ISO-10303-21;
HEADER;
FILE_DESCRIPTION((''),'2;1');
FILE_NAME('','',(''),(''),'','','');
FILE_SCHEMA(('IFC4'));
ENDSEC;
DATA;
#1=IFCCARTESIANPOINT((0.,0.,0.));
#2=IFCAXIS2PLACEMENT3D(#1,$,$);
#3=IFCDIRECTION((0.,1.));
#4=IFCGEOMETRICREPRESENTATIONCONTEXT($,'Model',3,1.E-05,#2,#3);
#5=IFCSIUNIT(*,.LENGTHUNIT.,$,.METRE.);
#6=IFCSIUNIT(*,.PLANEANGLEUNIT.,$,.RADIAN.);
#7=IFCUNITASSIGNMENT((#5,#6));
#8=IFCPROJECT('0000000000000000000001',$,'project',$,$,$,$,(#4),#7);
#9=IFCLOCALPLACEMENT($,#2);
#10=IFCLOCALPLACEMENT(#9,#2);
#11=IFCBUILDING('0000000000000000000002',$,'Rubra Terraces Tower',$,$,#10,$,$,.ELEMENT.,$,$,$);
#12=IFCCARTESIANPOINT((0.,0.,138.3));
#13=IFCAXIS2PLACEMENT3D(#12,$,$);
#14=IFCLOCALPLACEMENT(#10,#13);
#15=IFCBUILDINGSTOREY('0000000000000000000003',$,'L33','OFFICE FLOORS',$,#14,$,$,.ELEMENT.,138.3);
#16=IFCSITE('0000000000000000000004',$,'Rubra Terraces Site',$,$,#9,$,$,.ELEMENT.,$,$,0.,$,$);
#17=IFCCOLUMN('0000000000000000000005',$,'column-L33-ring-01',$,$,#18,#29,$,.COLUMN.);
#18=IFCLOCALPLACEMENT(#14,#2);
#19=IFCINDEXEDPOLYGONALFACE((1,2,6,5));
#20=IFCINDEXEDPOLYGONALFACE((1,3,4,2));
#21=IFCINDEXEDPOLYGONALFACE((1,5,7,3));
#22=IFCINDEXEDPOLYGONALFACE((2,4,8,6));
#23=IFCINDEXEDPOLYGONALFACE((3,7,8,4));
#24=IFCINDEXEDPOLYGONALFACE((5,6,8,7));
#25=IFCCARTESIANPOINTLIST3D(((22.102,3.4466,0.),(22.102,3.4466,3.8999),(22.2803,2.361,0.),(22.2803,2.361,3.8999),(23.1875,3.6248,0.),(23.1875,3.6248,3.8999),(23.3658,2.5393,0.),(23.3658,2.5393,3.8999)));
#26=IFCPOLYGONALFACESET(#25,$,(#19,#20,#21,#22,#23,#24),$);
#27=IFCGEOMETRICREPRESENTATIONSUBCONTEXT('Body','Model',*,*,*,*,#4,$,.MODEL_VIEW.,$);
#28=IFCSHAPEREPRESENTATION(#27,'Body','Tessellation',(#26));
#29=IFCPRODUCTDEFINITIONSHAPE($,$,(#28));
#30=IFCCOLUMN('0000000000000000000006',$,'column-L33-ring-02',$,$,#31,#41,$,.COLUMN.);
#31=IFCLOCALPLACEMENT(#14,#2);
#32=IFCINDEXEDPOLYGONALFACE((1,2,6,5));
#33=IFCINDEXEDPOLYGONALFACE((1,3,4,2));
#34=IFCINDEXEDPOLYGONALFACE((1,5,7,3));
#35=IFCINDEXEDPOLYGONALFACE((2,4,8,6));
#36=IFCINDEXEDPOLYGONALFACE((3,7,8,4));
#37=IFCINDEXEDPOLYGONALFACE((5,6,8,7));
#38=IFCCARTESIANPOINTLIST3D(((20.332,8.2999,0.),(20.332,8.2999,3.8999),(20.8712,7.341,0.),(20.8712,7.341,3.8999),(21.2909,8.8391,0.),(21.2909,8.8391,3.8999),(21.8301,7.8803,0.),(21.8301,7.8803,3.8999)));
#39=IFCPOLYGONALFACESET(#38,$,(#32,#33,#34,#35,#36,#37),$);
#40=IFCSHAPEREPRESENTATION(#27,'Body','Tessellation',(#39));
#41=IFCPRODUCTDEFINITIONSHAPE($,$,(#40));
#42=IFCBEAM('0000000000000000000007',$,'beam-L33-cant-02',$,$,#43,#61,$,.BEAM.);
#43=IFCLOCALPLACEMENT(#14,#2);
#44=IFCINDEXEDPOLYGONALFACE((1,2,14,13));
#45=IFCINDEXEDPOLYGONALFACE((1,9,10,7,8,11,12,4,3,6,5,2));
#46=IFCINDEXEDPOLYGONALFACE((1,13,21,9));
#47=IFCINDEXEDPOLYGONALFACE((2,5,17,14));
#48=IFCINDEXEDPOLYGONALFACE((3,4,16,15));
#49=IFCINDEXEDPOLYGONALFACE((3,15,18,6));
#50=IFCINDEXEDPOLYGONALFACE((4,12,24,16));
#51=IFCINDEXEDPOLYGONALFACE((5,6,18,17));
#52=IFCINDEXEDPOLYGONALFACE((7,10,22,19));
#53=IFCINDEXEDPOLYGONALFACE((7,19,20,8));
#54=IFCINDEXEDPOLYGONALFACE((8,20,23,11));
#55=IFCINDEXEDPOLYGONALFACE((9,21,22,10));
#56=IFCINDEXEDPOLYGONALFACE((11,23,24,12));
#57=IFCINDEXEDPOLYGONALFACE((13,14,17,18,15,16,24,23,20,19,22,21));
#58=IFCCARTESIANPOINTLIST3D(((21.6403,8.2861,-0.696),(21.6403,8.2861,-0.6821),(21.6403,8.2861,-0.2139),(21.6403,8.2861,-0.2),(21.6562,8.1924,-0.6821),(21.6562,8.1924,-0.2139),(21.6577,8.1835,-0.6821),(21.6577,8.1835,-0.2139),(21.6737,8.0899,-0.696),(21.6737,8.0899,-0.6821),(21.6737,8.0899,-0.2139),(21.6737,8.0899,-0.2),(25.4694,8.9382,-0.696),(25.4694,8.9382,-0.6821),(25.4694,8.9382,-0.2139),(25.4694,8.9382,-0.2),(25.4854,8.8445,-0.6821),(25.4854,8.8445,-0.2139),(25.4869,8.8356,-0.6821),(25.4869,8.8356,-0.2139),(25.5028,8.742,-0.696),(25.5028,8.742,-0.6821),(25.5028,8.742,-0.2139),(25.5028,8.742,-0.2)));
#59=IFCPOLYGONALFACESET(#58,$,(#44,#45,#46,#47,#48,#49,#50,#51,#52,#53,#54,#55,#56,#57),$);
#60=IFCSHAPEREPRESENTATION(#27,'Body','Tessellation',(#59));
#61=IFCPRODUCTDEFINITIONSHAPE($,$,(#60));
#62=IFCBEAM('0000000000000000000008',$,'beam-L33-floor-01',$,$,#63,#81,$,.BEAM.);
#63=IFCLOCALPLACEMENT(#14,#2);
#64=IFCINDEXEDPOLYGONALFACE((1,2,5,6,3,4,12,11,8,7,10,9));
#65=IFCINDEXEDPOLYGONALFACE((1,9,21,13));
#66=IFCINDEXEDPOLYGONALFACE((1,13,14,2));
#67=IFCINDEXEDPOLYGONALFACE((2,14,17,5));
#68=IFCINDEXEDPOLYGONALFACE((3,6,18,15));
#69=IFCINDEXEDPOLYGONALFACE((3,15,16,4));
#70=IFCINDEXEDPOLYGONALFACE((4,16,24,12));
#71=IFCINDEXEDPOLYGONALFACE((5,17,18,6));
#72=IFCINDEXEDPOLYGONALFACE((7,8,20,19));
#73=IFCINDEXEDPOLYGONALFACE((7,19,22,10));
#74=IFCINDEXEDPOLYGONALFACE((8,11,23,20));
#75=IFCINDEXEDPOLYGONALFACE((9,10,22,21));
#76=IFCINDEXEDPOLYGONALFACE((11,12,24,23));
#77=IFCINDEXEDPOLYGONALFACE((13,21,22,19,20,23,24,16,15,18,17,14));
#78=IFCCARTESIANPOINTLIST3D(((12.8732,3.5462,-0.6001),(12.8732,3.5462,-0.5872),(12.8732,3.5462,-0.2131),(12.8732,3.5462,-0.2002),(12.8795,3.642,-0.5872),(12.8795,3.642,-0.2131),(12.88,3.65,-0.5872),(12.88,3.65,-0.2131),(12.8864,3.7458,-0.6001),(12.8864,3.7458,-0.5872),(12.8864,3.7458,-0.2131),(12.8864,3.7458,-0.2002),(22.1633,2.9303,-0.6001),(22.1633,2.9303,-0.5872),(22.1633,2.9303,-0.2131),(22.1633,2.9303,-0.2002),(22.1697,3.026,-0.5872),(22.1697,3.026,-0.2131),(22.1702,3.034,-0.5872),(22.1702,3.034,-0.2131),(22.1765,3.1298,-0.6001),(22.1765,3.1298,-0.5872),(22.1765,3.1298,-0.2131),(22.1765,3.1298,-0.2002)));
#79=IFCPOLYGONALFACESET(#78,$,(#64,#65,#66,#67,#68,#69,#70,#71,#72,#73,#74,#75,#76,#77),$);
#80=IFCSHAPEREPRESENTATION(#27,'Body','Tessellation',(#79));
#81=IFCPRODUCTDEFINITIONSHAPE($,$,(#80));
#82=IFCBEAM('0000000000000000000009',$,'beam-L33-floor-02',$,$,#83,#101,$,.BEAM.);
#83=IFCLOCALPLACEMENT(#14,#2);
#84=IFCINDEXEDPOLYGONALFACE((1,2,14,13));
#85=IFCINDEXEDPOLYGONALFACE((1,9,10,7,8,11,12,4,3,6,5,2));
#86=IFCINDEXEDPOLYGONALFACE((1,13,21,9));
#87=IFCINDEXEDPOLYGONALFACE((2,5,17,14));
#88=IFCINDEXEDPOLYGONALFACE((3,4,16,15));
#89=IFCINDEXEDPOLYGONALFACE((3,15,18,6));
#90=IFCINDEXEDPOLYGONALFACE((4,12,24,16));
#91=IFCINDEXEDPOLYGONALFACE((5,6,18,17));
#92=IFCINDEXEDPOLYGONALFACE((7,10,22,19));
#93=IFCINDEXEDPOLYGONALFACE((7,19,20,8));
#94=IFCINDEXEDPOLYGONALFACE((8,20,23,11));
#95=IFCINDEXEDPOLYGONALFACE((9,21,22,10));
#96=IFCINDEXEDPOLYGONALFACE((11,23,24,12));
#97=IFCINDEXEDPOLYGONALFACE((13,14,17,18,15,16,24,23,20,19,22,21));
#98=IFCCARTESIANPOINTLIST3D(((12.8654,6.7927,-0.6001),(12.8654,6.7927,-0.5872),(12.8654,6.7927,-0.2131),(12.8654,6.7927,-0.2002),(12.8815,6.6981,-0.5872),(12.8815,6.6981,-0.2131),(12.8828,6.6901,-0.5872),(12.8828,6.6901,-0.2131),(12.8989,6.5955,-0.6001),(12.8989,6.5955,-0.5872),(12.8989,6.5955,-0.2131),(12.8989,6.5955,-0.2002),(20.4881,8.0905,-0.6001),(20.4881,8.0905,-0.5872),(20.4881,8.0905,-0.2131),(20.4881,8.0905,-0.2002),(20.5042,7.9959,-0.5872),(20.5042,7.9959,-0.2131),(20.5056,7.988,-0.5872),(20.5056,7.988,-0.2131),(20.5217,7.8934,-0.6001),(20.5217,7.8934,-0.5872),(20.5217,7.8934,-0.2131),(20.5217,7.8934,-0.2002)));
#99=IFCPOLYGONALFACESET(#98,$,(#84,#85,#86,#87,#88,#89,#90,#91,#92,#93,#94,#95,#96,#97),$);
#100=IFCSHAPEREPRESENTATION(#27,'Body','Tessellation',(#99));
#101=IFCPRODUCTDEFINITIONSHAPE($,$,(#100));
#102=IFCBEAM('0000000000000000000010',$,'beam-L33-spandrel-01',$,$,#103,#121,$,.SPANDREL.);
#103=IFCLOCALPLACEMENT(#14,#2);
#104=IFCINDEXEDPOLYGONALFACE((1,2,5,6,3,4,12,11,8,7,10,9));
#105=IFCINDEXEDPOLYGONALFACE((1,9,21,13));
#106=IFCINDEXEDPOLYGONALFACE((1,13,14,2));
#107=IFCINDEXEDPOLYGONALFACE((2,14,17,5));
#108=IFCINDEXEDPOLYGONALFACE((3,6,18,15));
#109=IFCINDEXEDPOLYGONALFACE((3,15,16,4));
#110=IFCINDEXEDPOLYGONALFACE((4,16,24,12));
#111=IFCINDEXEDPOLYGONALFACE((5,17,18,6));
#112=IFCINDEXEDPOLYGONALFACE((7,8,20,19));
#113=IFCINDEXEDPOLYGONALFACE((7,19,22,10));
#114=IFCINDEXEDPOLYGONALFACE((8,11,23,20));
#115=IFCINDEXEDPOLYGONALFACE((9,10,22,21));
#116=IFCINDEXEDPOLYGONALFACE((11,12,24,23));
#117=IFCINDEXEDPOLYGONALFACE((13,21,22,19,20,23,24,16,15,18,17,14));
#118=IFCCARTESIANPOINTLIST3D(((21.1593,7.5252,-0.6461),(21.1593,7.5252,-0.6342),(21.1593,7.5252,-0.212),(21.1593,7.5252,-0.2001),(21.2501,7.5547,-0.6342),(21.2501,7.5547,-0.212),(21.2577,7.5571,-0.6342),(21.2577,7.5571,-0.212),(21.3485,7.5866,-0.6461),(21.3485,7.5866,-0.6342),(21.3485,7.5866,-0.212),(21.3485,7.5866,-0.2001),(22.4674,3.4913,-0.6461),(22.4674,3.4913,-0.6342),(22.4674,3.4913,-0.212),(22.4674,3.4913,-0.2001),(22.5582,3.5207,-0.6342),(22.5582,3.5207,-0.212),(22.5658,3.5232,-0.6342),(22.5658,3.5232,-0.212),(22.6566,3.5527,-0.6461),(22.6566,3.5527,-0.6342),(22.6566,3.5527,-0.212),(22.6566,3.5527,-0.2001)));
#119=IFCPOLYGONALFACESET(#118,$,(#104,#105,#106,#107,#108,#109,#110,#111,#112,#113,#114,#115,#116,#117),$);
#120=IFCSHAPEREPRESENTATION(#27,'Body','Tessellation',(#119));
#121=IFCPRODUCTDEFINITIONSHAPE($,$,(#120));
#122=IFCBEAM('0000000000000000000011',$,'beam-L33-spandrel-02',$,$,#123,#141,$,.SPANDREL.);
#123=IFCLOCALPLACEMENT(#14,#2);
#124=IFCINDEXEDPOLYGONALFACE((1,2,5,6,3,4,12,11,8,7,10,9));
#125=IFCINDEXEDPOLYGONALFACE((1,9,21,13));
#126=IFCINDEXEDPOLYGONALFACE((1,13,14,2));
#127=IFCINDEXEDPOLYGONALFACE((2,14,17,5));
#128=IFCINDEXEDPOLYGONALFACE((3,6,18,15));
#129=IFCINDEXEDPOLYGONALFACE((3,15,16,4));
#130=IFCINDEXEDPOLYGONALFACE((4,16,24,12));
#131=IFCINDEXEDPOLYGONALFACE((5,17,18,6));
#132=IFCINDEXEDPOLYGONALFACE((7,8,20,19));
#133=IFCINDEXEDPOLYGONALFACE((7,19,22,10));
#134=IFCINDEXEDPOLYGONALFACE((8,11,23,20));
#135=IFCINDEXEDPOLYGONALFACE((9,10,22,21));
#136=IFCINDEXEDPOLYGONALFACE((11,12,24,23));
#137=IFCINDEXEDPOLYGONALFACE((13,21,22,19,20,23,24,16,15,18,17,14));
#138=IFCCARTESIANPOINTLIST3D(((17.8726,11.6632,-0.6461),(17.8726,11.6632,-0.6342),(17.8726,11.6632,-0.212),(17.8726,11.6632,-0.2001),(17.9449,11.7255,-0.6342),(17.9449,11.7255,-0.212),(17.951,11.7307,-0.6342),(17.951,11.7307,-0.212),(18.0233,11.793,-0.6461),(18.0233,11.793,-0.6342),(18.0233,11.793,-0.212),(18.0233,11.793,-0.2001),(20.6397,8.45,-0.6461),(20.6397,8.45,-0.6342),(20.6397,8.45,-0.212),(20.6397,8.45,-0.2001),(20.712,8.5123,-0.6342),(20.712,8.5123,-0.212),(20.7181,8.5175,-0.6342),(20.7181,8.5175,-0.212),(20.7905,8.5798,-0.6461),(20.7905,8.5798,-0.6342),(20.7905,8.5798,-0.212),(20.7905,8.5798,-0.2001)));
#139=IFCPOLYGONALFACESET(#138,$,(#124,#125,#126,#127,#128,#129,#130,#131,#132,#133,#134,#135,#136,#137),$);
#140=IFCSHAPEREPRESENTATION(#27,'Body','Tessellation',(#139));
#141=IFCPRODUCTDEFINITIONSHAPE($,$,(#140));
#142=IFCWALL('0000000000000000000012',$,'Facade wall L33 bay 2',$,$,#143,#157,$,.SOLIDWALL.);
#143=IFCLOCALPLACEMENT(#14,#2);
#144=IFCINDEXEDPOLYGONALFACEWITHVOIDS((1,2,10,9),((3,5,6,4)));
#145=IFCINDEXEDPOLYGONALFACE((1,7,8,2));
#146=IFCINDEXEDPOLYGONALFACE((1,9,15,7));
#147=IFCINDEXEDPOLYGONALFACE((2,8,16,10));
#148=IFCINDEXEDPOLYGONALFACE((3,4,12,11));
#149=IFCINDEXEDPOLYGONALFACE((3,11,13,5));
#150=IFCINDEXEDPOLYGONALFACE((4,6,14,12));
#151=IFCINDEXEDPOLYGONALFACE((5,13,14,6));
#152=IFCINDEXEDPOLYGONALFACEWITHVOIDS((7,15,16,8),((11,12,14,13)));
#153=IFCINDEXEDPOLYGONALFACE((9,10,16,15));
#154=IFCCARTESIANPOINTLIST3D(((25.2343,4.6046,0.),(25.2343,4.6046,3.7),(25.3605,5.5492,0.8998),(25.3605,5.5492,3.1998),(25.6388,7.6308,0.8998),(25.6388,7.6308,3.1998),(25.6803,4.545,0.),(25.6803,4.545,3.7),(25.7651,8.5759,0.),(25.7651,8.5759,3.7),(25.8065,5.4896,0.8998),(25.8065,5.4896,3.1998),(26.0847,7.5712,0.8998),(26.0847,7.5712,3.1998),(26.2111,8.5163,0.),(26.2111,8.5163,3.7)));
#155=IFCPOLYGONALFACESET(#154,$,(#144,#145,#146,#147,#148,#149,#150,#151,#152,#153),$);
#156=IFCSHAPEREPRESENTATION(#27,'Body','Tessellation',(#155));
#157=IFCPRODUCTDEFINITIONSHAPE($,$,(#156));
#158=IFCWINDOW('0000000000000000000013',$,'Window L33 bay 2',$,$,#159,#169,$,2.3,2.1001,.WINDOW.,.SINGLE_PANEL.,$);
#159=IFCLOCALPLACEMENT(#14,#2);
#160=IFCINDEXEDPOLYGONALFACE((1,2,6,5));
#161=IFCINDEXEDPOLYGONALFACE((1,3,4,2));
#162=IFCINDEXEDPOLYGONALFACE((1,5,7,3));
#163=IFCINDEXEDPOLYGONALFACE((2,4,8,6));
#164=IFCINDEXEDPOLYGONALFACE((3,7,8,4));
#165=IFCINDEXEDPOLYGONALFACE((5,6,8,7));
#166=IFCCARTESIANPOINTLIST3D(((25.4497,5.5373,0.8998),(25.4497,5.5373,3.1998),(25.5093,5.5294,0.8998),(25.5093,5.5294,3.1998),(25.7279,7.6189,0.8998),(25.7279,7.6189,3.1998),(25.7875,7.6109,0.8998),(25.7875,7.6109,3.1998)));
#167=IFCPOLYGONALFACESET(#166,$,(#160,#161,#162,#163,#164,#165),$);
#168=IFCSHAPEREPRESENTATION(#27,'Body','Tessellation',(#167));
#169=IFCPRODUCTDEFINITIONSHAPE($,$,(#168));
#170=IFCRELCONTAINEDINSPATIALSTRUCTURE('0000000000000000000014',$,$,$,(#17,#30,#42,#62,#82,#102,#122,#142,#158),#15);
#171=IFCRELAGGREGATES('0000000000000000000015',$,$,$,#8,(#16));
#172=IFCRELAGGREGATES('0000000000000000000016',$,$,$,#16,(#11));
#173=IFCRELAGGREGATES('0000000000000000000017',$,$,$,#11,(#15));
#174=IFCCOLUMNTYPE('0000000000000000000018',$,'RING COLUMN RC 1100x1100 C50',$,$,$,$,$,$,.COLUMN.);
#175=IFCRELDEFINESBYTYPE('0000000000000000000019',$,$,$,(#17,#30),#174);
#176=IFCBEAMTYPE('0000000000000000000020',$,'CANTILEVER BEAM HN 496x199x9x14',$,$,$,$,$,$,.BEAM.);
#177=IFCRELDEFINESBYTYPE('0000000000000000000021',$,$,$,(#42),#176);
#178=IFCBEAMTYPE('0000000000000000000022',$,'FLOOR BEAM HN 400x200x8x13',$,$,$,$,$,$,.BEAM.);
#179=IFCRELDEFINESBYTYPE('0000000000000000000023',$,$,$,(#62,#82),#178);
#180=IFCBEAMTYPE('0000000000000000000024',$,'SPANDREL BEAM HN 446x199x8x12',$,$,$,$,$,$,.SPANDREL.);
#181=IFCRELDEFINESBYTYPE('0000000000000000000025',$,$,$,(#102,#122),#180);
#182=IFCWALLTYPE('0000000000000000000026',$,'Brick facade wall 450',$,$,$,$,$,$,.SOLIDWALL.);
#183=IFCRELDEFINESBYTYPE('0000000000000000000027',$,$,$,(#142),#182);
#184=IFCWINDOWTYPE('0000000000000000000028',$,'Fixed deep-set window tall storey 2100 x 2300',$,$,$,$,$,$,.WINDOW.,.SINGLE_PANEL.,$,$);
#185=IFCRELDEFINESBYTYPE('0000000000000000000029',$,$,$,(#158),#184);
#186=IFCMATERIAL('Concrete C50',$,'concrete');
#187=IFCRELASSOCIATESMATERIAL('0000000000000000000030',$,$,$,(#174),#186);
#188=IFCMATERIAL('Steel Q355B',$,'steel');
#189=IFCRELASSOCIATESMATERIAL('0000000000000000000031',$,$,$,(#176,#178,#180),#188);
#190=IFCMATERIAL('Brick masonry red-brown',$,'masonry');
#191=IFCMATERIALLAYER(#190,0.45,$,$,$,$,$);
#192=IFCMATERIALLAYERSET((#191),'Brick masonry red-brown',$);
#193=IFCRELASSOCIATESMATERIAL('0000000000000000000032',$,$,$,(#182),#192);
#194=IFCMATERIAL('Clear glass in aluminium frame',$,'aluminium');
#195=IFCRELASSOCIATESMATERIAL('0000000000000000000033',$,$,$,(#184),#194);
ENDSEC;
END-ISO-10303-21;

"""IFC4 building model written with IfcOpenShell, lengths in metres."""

from ifc_helpers import new_model, si_unit, direction, frame, frame_2d, origin, origin_2d, place, context, subcontext, project, spatial, rectangle, i_section, extrude, material, layer, layer_set, material_profile, profile_set, type_object, element, fill, save


model = new_model("IFC4")

# Units and contexts
model_context = context("Model", 3, precision=1e-05, world=origin(), true_north=direction((0.0, 1.0)))
body_context = subcontext(model_context, "Body", "Model", "MODEL_VIEW")
ifc_project = project(units=[si_unit("LENGTHUNIT", "METRE"), si_unit("PLANEANGLEUNIT", "RADIAN")], contexts=[model_context])

# Site, building, storey
site_placement = place(None, origin())
site = spatial("IfcSite", under=ifc_project, at=site_placement, Name="Rubra Terraces Site", CompositionType="ELEMENT", RefElevation=0.0)
building_placement = place(site_placement, origin())
building = spatial("IfcBuilding", under=site, at=building_placement, Name="Rubra Terraces Tower", CompositionType="ELEMENT")
storey_placement = place(building_placement, frame((0.0, 0.0, 138.3)))
storey = spatial("IfcBuildingStorey", under=building, at=storey_placement, Name="L33", Description="OFFICE FLOORS", CompositionType="ELEMENT", Elevation=138.3)

# Columns
ifc_material_1 = material(Name="Concrete C50", Category="concrete")
ifc_material_profile_1 = material_profile(ifc_material_1, rectangle(XDim=1.1001, YDim=1.1001, at=origin_2d()), Name="RC 1100x1100")
ifc_profile_set_1 = profile_set([ifc_material_profile_1], Name="Concrete C50")
column_type = type_object("IfcColumnType", Name="RING COLUMN RC 1100x1100 C50", PredefinedType="COLUMN", material=ifc_profile_set_1)
for number, where, z_axis, x_axis, name in (
    (1, (22.7339, 2.9929, 0.0), (0.0, 0.0, 1.0), (-0.162062, 0.986781, 0.0), "column-L33-ring-01"),
    (2, (21.0811, 8.0901, 0.0), (0.0, 0.0, 1.0), (-0.490162, 0.871631, 0.0), "column-L33-ring-02"),
):
    element("IfcColumn", number, at=place(storey_placement, frame(where, z_axis=z_axis, x_axis=x_axis)), inside=storey, type_object=column_type, Name=name, PredefinedType="COLUMN", context=body_context, shape_type="SweptSolid", body=[
        extrude(rectangle(XDim=1.1001, YDim=1.1001, at=origin_2d()), origin(), (0.0, 0.0, 1.0), 3.8999),
    ])

# Beams
ifc_material_2 = material(Name="Steel Q355B", Category="steel")
ifc_material_profile_2 = material_profile(ifc_material_2, i_section(OverallWidth=0.199, OverallDepth=0.4961, WebThickness=0.009, FlangeThickness=0.0139, at=origin_2d()), Name="HN 496x199x9x14")
ifc_profile_set_2 = profile_set([ifc_material_profile_2], Name="Steel Q355B")
beam_type_1 = type_object("IfcBeamType", Name="CANTILEVER BEAM HN 496x199x9x14", PredefinedType="BEAM", material=ifc_profile_set_2)
beam_1_placement = place(storey_placement, frame((21.657, 8.188, -0.448), z_axis=(0.985807, 0.167884, 0.0), x_axis=(-0.167884, 0.985807, 0.0)))
element("IfcBeam", 3, at=beam_1_placement, inside=storey, type_object=beam_type_1, Name="beam-L33-cant-02", PredefinedType="BEAM", context=body_context, shape_type="SweptSolid", body=[
    extrude(i_section(OverallWidth=0.199, OverallDepth=0.4961, WebThickness=0.009, FlangeThickness=0.0139, at=origin_2d()), origin(), (0.0, 0.0, 1.0), 3.8843),
])
ifc_material_profile_3 = material_profile(ifc_material_2, i_section(OverallWidth=0.2, OverallDepth=0.3999, WebThickness=0.0081, FlangeThickness=0.0129, at=origin_2d()), Name="HN 400x200x8x13")
ifc_profile_set_3 = profile_set([ifc_material_profile_3], Name="Steel Q355B")
beam_type_2 = type_object("IfcBeamType", Name="FLOOR BEAM HN 400x200x8x13", PredefinedType="BEAM", material=ifc_profile_set_3)
beam_2_placement = place(storey_placement, frame((22.1699, 3.03, -0.4001), z_axis=(-0.997809, 0.066159, 0.0), x_axis=(-0.066159, -0.997809, 0.0)))
element("IfcBeam", 4, at=beam_2_placement, inside=storey, type_object=beam_type_2, Name="beam-L33-floor-01", PredefinedType="BEAM", context=body_context, shape_type="SweptSolid", body=[
    extrude(i_section(OverallWidth=0.2, OverallDepth=0.3999, WebThickness=0.0081, FlangeThickness=0.0129, at=origin_2d()), origin(), (0.0, 0.0, 1.0), 9.3105),
])
beam_3_placement = place(storey_placement, frame((20.5049, 7.9919, -0.4001), z_axis=(-0.985814, -0.167844, 0.0), x_axis=(0.167844, -0.985814, 0.0)))
element("IfcBeam", 5, at=beam_3_placement, inside=storey, type_object=beam_type_2, Name="beam-L33-floor-02", PredefinedType="BEAM", context=body_context, shape_type="SweptSolid", body=[
    extrude(i_section(OverallWidth=0.2, OverallDepth=0.3999, WebThickness=0.0081, FlangeThickness=0.0129, at=origin_2d()), origin(), (0.0, 0.0, 1.0), 7.7324),
])
ifc_material_profile_4 = material_profile(ifc_material_2, i_section(OverallWidth=0.199, OverallDepth=0.446, WebThickness=0.0081, FlangeThickness=0.012, at=origin_2d()), Name="HN 446x199x8x12")
ifc_profile_set_4 = profile_set([ifc_material_profile_4], Name="Steel Q355B")
beam_type_3 = type_object("IfcBeamType", Name="SPANDREL BEAM HN 446x199x8x12", PredefinedType="SPANDREL", material=ifc_profile_set_4)
beam_4_placement = place(storey_placement, frame((22.562, 3.522, -0.4231), z_axis=(-0.308462, 0.951237, 0.0), x_axis=(-0.951237, -0.308462, 0.0)))
element("IfcBeam", 6, at=beam_4_placement, inside=storey, type_object=beam_type_3, Name="beam-L33-spandrel-01", PredefinedType="SPANDREL", context=body_context, shape_type="SweptSolid", body=[
    extrude(i_section(OverallWidth=0.199, OverallDepth=0.446, WebThickness=0.0081, FlangeThickness=0.012, at=origin_2d()), origin(), (0.0, 0.0, 1.0), 4.2407),
])
beam_5_placement = place(storey_placement, frame((20.7151, 8.5149, -0.4231), z_axis=(-0.652553, 0.757743, 0.0), x_axis=(-0.757743, -0.652553, 0.0)))
element("IfcBeam", 7, at=beam_5_placement, inside=storey, type_object=beam_type_3, Name="beam-L33-spandrel-02", PredefinedType="SPANDREL", context=body_context, shape_type="SweptSolid", body=[
    extrude(i_section(OverallWidth=0.199, OverallDepth=0.446, WebThickness=0.0081, FlangeThickness=0.012, at=origin_2d()), origin(), (0.0, 0.0, 1.0), 4.2405),
])

# Wall, opening, window
ifc_material_3 = material(Name="Brick masonry red-brown", Category="masonry")
ifc_layer_1 = layer(ifc_material_3, 0.45)
ifc_layer_set_1 = layer_set([ifc_layer_1], Name="Brick masonry red-brown")
wall_type_1 = type_object("IfcWallType", Name="Brick facade wall 450", PredefinedType="SOLIDWALL", material=ifc_layer_set_1)
wall_1_placement = place(storey_placement, frame((25.4573, 4.5747, 0.0), z_axis=(0.0, 0.0, 1.0), x_axis=(0.132475, 0.991186, 0.0)))
wall_1 = element("IfcWall", 8, at=wall_1_placement, inside=storey, type_object=wall_type_1, Name="Facade wall L33 bay 2", PredefinedType="SOLIDWALL", context=body_context, shape_type="SweptSolid", body=[
    extrude(rectangle(XDim=4.0066, YDim=0.45, at=frame_2d((2.0034, 0.0))), origin(), (0.0, 0.0, 1.0), 3.7),
])
opening_1_placement = place(wall_1_placement, frame((0.9531, 0.0, 0.8999)))
opening_1 = element("IfcOpeningElement", 9, at=opening_1_placement, cuts=wall_1, PredefinedType="OPENING", context=body_context, shape_type="SweptSolid", body=[
    extrude(rectangle(XDim=2.1001, YDim=2.3, at=frame_2d((1.05, 1.1499))), frame((0.0, 0.2349, 0.0), z_axis=(0.0, -1.0, 0.0), x_axis=(1.0, 0.0, 0.0)), (0.0, 0.0, 1.0), 0.47),
])
ifc_material_4 = material(Name="Clear glass in aluminium frame", Category="aluminium")
window_type_1 = type_object("IfcWindowType", Name="Fixed deep-set window tall storey 2100 x 2300", PartitioningType="SINGLE_PANEL", PredefinedType="WINDOW", material=ifc_material_4)
window_1_placement = place(opening_1_placement, origin())
window_1 = element("IfcWindow", 10, at=window_1_placement, inside=storey, type_object=window_type_1, Name="Window L33 bay 2", OverallHeight=2.3, OverallWidth=2.1001, PartitioningType="SINGLE_PANEL", PredefinedType="WINDOW", context=body_context, shape_type="SweptSolid", body=[
    extrude(rectangle(XDim=2.1001, YDim=2.3, at=frame_2d((1.05, 1.1499))), frame((0.0, 0.135, 0.0), z_axis=(0.0, -1.0, 0.0), x_axis=(1.0, 0.0, 0.0)), (0.0, 0.0, 1.0), 0.0601),
])
fill(opening_1, window_1)

save(model, "model.ifc")
